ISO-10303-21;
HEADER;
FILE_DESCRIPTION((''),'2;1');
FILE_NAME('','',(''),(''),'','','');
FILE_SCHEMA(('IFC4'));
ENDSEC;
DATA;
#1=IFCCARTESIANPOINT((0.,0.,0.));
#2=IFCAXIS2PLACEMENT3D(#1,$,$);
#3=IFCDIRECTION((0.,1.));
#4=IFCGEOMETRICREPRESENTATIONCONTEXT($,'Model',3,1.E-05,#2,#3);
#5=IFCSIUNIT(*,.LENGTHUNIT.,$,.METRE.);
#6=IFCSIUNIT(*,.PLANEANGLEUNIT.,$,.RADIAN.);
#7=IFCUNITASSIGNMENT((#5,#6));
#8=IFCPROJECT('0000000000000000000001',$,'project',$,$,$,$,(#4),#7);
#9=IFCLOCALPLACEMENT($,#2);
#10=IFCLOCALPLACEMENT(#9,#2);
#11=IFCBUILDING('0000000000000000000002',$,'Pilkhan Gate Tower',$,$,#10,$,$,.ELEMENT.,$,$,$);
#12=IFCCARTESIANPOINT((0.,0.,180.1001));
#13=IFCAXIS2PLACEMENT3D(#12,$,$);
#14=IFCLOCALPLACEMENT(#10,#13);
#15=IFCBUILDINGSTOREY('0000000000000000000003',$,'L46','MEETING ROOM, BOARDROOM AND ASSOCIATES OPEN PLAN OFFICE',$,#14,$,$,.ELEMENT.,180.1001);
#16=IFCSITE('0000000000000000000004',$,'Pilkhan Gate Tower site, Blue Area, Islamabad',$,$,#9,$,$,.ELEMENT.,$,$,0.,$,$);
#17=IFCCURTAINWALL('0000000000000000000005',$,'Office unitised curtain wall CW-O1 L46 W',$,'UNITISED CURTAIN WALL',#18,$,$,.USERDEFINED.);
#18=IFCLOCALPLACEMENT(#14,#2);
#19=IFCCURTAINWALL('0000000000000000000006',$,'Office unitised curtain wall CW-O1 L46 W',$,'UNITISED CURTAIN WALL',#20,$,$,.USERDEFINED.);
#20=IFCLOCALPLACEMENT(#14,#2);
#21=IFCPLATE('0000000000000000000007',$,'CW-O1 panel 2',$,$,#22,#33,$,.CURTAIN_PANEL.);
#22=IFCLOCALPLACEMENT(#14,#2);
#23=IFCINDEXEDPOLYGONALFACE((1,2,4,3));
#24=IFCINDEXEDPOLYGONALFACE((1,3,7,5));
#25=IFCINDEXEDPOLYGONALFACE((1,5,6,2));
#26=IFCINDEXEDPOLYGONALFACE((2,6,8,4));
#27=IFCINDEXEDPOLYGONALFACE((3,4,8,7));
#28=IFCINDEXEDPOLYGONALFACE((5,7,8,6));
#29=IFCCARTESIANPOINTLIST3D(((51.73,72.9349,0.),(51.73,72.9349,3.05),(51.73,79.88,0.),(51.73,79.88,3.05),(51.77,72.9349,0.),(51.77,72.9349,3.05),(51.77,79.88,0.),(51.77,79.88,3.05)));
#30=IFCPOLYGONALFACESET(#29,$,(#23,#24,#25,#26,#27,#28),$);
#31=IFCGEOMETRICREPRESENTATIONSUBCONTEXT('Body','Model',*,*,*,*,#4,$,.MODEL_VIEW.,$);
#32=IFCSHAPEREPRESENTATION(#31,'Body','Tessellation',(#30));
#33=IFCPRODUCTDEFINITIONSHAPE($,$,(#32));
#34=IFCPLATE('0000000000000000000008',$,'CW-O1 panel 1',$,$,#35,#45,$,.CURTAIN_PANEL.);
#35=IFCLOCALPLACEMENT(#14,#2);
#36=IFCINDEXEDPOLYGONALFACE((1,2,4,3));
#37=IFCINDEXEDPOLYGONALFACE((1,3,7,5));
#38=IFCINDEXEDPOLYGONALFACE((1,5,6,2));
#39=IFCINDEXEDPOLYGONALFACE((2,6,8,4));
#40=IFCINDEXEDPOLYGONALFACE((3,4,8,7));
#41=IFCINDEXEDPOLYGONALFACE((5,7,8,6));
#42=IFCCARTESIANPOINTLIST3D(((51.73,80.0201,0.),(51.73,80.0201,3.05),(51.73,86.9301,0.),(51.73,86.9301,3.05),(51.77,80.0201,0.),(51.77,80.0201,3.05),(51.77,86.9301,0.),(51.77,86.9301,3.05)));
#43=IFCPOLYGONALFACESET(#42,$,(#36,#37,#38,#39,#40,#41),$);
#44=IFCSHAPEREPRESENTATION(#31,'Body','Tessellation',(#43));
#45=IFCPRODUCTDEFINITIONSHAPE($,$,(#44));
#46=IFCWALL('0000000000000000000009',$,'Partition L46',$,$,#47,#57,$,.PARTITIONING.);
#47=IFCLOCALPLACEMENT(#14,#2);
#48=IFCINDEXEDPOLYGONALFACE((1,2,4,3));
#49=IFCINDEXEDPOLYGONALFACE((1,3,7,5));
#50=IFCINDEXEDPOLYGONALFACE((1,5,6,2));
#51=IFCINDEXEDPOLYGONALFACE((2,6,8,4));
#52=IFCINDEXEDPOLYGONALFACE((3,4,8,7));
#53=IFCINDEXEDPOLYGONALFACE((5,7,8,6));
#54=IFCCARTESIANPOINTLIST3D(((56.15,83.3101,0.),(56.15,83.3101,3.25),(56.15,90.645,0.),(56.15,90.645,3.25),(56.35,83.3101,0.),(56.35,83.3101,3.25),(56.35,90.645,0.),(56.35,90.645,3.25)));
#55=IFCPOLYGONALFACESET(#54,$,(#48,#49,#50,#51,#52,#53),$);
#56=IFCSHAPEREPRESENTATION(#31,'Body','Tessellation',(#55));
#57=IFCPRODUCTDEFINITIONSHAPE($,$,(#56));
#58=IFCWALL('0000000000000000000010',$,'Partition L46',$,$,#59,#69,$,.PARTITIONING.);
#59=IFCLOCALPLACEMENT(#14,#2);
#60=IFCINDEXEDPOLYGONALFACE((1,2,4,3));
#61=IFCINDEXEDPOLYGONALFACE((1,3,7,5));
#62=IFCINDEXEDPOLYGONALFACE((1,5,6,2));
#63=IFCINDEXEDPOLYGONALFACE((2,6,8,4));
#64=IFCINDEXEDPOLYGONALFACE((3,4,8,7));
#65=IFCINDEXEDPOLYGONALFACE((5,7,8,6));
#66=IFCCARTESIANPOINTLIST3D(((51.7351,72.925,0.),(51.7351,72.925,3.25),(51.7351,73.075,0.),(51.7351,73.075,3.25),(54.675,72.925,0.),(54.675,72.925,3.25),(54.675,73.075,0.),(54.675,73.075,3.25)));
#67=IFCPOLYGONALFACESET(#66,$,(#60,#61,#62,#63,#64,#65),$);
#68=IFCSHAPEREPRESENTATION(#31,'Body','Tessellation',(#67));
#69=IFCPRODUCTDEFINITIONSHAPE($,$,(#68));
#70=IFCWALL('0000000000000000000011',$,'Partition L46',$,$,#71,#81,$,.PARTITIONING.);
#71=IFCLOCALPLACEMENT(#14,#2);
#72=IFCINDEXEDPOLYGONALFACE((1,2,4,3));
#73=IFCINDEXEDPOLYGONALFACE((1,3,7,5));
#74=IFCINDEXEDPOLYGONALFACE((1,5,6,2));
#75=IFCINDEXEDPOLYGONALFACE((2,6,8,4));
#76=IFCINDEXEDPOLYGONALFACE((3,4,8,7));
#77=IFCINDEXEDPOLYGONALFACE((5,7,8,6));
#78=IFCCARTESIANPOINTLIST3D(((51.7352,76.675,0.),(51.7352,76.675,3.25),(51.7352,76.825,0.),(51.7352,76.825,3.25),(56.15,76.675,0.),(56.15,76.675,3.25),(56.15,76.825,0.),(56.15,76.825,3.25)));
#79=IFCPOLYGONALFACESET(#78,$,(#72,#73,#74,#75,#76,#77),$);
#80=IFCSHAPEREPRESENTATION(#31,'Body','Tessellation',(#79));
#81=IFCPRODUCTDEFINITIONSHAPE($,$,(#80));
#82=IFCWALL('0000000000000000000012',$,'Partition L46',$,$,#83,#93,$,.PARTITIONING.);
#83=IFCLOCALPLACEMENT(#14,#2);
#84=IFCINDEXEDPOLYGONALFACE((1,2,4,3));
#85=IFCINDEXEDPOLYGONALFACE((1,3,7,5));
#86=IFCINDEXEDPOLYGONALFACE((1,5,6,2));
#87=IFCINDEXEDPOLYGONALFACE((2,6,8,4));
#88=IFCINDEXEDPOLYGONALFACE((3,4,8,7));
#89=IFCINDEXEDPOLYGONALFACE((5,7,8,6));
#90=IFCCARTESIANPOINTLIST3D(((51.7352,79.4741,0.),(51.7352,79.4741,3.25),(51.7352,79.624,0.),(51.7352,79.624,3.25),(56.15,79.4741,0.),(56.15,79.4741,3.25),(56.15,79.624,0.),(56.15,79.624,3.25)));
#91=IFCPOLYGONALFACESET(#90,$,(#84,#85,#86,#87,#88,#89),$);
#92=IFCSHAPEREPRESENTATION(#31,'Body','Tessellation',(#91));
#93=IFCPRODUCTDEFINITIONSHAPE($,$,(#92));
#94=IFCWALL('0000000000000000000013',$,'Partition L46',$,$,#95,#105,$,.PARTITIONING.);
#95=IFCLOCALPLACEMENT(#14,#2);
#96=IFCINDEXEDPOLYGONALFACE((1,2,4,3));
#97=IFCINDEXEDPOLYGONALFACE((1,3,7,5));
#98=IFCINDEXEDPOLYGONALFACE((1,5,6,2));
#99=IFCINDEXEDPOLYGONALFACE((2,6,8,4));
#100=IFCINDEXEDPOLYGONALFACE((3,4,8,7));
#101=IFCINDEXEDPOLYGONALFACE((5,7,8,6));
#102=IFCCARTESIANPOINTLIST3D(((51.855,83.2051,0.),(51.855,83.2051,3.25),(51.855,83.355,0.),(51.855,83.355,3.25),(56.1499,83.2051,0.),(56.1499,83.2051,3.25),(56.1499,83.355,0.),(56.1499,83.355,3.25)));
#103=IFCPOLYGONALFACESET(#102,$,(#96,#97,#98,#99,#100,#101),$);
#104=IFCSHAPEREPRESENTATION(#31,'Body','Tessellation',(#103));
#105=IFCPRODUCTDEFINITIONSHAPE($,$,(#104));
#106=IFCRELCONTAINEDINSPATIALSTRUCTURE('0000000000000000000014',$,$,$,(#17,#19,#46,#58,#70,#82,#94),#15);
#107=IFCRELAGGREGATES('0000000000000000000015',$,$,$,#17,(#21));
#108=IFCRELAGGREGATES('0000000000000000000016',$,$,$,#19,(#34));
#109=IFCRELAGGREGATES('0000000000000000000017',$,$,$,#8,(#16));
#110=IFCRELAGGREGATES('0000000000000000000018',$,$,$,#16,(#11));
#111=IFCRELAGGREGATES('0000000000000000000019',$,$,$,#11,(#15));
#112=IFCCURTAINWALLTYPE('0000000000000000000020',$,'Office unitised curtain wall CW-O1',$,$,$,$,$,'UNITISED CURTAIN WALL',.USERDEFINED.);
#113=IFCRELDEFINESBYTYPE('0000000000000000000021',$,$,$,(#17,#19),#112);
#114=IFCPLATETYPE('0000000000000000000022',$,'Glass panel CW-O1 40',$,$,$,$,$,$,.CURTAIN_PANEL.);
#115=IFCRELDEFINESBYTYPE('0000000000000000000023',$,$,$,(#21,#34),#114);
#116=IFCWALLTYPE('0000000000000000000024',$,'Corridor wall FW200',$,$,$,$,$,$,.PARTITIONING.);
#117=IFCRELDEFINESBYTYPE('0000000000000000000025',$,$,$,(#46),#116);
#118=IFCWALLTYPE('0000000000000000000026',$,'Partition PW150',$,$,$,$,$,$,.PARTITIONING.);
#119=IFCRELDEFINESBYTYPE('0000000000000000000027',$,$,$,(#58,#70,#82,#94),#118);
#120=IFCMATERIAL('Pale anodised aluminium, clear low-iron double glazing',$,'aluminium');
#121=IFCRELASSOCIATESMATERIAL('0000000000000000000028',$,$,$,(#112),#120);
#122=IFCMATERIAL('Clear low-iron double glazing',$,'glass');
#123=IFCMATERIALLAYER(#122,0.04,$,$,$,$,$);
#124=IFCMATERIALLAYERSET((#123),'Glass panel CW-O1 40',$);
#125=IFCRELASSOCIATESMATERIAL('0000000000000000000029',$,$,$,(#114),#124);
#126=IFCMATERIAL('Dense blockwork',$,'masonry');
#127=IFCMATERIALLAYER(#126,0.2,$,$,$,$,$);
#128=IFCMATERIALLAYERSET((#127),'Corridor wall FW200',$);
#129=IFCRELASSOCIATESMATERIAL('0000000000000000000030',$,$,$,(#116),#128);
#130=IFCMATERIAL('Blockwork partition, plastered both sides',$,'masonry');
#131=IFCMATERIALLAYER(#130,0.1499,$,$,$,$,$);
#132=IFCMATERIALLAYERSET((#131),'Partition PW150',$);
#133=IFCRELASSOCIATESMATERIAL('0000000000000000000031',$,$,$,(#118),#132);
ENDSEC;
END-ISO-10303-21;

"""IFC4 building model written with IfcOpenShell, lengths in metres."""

from ifc_helpers import new_model, si_unit, direction, frame, frame_2d, origin, origin_2d, place, context, subcontext, project, spatial, rectangle, extrude, material, layer, layer_set, type_object, element, aggregate, save


model = new_model("IFC4")

# Units and contexts
model_context = context("Model", 3, precision=1e-05, world=origin(), true_north=direction((0.0, 1.0)))
body_context = subcontext(model_context, "Body", "Model", "MODEL_VIEW")
ifc_project = project(units=[si_unit("LENGTHUNIT", "METRE"), si_unit("PLANEANGLEUNIT", "RADIAN")], contexts=[model_context])

# Site, building, storey
site_placement = place(None, origin())
site = spatial("IfcSite", under=ifc_project, at=site_placement, Name="Pilkhan Gate Tower site, Blue Area, Islamabad", CompositionType="ELEMENT", RefElevation=0.0)
building_placement = place(site_placement, origin())
building = spatial("IfcBuilding", under=site, at=building_placement, Name="Pilkhan Gate Tower", CompositionType="ELEMENT")
storey_placement = place(building_placement, frame((0.0, 0.0, 180.1001)))
storey = spatial("IfcBuildingStorey", under=building, at=storey_placement, Name="L46", Description="MEETING ROOM, BOARDROOM AND ASSOCIATES OPEN PLAN OFFICE", CompositionType="ELEMENT", Elevation=180.1001)

# Shared definitions
ifc_material_1 = material(Name="Pale anodised aluminium, clear low-iron double glazing", Category="aluminium")
curtain_wall_type = type_object("IfcCurtainWallType", Name="Office unitised curtain wall CW-O1", ElementType="UNITISED CURTAIN WALL", PredefinedType="USERDEFINED", material=ifc_material_1)

# Curtain walls
curtain_wall_1_placement = place(storey_placement, origin())
curtain_wall_1 = element("IfcCurtainWall", 1, at=curtain_wall_1_placement, inside=storey, type_object=curtain_wall_type, Name="Office unitised curtain wall CW-O1 L46 W", ObjectType="UNITISED CURTAIN WALL", PredefinedType="USERDEFINED")
curtain_wall_2_placement = place(storey_placement, origin())
curtain_wall_2 = element("IfcCurtainWall", 2, at=curtain_wall_2_placement, inside=storey, type_object=curtain_wall_type, Name="Office unitised curtain wall CW-O1 L46 W", ObjectType="UNITISED CURTAIN WALL", PredefinedType="USERDEFINED")

# Plates
ifc_material_2 = material(Name="Clear low-iron double glazing", Category="glass")
ifc_layer_1 = layer(ifc_material_2, 0.04)
ifc_layer_set_1 = layer_set([ifc_layer_1], Name="Glass panel CW-O1 40")
plate_type = type_object("IfcPlateType", Name="Glass panel CW-O1 40", PredefinedType="CURTAIN_PANEL", material=ifc_layer_set_1)
plate_1_placement = place(storey_placement, frame((51.75, 76.4075, 0.0), z_axis=(0.0, 0.0, 1.0), x_axis=(0.0, 1.0, 0.0)))
plate_1 = element("IfcPlate", 3, at=plate_1_placement, type_object=plate_type, Name="CW-O1 panel 2", PredefinedType="CURTAIN_PANEL", context=body_context, shape_type="SweptSolid", body=[
    extrude(rectangle(XDim=6.9451, YDim=0.04, at=origin_2d()), origin(), (0.0, 0.0, 1.0), 3.05),
])
aggregate(curtain_wall_1, [plate_1])
plate_2_placement = place(storey_placement, frame((51.75, 83.4751, 0.0), z_axis=(0.0, 0.0, 1.0), x_axis=(0.0, 1.0, 0.0)))
plate_2 = element("IfcPlate", 4, at=plate_2_placement, type_object=plate_type, Name="CW-O1 panel 1", PredefinedType="CURTAIN_PANEL", context=body_context, shape_type="SweptSolid", body=[
    extrude(rectangle(XDim=6.9099, YDim=0.04, at=origin_2d()), origin(), (0.0, 0.0, 1.0), 3.05),
])
aggregate(curtain_wall_2, [plate_2])

# Walls
ifc_material_3 = material(Name="Dense blockwork", Category="masonry")
ifc_layer_2 = layer(ifc_material_3, 0.2)
ifc_layer_set_2 = layer_set([ifc_layer_2], Name="Corridor wall FW200")
wall_type_1 = type_object("IfcWallType", Name="Corridor wall FW200", PredefinedType="PARTITIONING", material=ifc_layer_set_2)
wall_1_placement = place(storey_placement, frame((56.25, 83.3101, 0.0), z_axis=(0.0, 0.0, 1.0), x_axis=(0.0, 1.0, 0.0)))
element("IfcWall", 5, at=wall_1_placement, inside=storey, type_object=wall_type_1, Name="Partition L46", PredefinedType="PARTITIONING", context=body_context, shape_type="SweptSolid", body=[
    extrude(rectangle(XDim=7.335, YDim=0.2, at=frame_2d((3.6675, 0.0))), origin(), (0.0, 0.0, 1.0), 3.25),
])
ifc_material_4 = material(Name="Blockwork partition, plastered both sides", Category="masonry")
ifc_layer_3 = layer(ifc_material_4, 0.1499)
ifc_layer_set_3 = layer_set([ifc_layer_3], Name="Partition PW150")
wall_type_2 = type_object("IfcWallType", Name="Partition PW150", PredefinedType="PARTITIONING", material=ifc_layer_set_3)
wall_2_placement = place(storey_placement, frame((51.7351, 73.0, 0.0), z_axis=(0.0, 0.0, 1.0), x_axis=(1.0, 0.0, 0.0)))
element("IfcWall", 6, at=wall_2_placement, inside=storey, type_object=wall_type_2, Name="Partition L46", PredefinedType="PARTITIONING", context=body_context, shape_type="SweptSolid", body=[
    extrude(rectangle(XDim=2.9399, YDim=0.1499, at=frame_2d((1.47, 0.0))), origin(), (0.0, 0.0, 1.0), 3.25),
])
for number, where, z_axis, x_axis, name in (
    (7, (51.7351, 76.75, 0.0), (0.0, 0.0, 1.0), (1.0, 0.0, 0.0), "Partition L46"),
    (8, (51.7351, 79.5491, 0.0), (0.0, 0.0, 1.0), (1.0, 0.0, 0.0), "Partition L46"),
):
    element("IfcWall", number, at=place(storey_placement, frame(where, z_axis=z_axis, x_axis=x_axis)), inside=storey, type_object=wall_type_2, Name=name, PredefinedType="PARTITIONING", context=body_context, shape_type="SweptSolid", body=[
        extrude(rectangle(XDim=4.4148, YDim=0.1499, at=frame_2d((2.2075, 0.0))), origin(), (0.0, 0.0, 1.0), 3.25),
    ])
wall_3_placement = place(storey_placement, frame((51.855, 83.28, 0.0), z_axis=(0.0, 0.0, 1.0), x_axis=(1.0, 0.0, 0.0)))
element("IfcWall", 9, at=wall_3_placement, inside=storey, type_object=wall_type_2, Name="Partition L46", PredefinedType="PARTITIONING", context=body_context, shape_type="SweptSolid", body=[
    extrude(rectangle(XDim=4.2949, YDim=0.1499, at=frame_2d((2.1475, 0.0))), origin(), (0.0, 0.0, 1.0), 3.25),
])

save(model, "model.ifc")
